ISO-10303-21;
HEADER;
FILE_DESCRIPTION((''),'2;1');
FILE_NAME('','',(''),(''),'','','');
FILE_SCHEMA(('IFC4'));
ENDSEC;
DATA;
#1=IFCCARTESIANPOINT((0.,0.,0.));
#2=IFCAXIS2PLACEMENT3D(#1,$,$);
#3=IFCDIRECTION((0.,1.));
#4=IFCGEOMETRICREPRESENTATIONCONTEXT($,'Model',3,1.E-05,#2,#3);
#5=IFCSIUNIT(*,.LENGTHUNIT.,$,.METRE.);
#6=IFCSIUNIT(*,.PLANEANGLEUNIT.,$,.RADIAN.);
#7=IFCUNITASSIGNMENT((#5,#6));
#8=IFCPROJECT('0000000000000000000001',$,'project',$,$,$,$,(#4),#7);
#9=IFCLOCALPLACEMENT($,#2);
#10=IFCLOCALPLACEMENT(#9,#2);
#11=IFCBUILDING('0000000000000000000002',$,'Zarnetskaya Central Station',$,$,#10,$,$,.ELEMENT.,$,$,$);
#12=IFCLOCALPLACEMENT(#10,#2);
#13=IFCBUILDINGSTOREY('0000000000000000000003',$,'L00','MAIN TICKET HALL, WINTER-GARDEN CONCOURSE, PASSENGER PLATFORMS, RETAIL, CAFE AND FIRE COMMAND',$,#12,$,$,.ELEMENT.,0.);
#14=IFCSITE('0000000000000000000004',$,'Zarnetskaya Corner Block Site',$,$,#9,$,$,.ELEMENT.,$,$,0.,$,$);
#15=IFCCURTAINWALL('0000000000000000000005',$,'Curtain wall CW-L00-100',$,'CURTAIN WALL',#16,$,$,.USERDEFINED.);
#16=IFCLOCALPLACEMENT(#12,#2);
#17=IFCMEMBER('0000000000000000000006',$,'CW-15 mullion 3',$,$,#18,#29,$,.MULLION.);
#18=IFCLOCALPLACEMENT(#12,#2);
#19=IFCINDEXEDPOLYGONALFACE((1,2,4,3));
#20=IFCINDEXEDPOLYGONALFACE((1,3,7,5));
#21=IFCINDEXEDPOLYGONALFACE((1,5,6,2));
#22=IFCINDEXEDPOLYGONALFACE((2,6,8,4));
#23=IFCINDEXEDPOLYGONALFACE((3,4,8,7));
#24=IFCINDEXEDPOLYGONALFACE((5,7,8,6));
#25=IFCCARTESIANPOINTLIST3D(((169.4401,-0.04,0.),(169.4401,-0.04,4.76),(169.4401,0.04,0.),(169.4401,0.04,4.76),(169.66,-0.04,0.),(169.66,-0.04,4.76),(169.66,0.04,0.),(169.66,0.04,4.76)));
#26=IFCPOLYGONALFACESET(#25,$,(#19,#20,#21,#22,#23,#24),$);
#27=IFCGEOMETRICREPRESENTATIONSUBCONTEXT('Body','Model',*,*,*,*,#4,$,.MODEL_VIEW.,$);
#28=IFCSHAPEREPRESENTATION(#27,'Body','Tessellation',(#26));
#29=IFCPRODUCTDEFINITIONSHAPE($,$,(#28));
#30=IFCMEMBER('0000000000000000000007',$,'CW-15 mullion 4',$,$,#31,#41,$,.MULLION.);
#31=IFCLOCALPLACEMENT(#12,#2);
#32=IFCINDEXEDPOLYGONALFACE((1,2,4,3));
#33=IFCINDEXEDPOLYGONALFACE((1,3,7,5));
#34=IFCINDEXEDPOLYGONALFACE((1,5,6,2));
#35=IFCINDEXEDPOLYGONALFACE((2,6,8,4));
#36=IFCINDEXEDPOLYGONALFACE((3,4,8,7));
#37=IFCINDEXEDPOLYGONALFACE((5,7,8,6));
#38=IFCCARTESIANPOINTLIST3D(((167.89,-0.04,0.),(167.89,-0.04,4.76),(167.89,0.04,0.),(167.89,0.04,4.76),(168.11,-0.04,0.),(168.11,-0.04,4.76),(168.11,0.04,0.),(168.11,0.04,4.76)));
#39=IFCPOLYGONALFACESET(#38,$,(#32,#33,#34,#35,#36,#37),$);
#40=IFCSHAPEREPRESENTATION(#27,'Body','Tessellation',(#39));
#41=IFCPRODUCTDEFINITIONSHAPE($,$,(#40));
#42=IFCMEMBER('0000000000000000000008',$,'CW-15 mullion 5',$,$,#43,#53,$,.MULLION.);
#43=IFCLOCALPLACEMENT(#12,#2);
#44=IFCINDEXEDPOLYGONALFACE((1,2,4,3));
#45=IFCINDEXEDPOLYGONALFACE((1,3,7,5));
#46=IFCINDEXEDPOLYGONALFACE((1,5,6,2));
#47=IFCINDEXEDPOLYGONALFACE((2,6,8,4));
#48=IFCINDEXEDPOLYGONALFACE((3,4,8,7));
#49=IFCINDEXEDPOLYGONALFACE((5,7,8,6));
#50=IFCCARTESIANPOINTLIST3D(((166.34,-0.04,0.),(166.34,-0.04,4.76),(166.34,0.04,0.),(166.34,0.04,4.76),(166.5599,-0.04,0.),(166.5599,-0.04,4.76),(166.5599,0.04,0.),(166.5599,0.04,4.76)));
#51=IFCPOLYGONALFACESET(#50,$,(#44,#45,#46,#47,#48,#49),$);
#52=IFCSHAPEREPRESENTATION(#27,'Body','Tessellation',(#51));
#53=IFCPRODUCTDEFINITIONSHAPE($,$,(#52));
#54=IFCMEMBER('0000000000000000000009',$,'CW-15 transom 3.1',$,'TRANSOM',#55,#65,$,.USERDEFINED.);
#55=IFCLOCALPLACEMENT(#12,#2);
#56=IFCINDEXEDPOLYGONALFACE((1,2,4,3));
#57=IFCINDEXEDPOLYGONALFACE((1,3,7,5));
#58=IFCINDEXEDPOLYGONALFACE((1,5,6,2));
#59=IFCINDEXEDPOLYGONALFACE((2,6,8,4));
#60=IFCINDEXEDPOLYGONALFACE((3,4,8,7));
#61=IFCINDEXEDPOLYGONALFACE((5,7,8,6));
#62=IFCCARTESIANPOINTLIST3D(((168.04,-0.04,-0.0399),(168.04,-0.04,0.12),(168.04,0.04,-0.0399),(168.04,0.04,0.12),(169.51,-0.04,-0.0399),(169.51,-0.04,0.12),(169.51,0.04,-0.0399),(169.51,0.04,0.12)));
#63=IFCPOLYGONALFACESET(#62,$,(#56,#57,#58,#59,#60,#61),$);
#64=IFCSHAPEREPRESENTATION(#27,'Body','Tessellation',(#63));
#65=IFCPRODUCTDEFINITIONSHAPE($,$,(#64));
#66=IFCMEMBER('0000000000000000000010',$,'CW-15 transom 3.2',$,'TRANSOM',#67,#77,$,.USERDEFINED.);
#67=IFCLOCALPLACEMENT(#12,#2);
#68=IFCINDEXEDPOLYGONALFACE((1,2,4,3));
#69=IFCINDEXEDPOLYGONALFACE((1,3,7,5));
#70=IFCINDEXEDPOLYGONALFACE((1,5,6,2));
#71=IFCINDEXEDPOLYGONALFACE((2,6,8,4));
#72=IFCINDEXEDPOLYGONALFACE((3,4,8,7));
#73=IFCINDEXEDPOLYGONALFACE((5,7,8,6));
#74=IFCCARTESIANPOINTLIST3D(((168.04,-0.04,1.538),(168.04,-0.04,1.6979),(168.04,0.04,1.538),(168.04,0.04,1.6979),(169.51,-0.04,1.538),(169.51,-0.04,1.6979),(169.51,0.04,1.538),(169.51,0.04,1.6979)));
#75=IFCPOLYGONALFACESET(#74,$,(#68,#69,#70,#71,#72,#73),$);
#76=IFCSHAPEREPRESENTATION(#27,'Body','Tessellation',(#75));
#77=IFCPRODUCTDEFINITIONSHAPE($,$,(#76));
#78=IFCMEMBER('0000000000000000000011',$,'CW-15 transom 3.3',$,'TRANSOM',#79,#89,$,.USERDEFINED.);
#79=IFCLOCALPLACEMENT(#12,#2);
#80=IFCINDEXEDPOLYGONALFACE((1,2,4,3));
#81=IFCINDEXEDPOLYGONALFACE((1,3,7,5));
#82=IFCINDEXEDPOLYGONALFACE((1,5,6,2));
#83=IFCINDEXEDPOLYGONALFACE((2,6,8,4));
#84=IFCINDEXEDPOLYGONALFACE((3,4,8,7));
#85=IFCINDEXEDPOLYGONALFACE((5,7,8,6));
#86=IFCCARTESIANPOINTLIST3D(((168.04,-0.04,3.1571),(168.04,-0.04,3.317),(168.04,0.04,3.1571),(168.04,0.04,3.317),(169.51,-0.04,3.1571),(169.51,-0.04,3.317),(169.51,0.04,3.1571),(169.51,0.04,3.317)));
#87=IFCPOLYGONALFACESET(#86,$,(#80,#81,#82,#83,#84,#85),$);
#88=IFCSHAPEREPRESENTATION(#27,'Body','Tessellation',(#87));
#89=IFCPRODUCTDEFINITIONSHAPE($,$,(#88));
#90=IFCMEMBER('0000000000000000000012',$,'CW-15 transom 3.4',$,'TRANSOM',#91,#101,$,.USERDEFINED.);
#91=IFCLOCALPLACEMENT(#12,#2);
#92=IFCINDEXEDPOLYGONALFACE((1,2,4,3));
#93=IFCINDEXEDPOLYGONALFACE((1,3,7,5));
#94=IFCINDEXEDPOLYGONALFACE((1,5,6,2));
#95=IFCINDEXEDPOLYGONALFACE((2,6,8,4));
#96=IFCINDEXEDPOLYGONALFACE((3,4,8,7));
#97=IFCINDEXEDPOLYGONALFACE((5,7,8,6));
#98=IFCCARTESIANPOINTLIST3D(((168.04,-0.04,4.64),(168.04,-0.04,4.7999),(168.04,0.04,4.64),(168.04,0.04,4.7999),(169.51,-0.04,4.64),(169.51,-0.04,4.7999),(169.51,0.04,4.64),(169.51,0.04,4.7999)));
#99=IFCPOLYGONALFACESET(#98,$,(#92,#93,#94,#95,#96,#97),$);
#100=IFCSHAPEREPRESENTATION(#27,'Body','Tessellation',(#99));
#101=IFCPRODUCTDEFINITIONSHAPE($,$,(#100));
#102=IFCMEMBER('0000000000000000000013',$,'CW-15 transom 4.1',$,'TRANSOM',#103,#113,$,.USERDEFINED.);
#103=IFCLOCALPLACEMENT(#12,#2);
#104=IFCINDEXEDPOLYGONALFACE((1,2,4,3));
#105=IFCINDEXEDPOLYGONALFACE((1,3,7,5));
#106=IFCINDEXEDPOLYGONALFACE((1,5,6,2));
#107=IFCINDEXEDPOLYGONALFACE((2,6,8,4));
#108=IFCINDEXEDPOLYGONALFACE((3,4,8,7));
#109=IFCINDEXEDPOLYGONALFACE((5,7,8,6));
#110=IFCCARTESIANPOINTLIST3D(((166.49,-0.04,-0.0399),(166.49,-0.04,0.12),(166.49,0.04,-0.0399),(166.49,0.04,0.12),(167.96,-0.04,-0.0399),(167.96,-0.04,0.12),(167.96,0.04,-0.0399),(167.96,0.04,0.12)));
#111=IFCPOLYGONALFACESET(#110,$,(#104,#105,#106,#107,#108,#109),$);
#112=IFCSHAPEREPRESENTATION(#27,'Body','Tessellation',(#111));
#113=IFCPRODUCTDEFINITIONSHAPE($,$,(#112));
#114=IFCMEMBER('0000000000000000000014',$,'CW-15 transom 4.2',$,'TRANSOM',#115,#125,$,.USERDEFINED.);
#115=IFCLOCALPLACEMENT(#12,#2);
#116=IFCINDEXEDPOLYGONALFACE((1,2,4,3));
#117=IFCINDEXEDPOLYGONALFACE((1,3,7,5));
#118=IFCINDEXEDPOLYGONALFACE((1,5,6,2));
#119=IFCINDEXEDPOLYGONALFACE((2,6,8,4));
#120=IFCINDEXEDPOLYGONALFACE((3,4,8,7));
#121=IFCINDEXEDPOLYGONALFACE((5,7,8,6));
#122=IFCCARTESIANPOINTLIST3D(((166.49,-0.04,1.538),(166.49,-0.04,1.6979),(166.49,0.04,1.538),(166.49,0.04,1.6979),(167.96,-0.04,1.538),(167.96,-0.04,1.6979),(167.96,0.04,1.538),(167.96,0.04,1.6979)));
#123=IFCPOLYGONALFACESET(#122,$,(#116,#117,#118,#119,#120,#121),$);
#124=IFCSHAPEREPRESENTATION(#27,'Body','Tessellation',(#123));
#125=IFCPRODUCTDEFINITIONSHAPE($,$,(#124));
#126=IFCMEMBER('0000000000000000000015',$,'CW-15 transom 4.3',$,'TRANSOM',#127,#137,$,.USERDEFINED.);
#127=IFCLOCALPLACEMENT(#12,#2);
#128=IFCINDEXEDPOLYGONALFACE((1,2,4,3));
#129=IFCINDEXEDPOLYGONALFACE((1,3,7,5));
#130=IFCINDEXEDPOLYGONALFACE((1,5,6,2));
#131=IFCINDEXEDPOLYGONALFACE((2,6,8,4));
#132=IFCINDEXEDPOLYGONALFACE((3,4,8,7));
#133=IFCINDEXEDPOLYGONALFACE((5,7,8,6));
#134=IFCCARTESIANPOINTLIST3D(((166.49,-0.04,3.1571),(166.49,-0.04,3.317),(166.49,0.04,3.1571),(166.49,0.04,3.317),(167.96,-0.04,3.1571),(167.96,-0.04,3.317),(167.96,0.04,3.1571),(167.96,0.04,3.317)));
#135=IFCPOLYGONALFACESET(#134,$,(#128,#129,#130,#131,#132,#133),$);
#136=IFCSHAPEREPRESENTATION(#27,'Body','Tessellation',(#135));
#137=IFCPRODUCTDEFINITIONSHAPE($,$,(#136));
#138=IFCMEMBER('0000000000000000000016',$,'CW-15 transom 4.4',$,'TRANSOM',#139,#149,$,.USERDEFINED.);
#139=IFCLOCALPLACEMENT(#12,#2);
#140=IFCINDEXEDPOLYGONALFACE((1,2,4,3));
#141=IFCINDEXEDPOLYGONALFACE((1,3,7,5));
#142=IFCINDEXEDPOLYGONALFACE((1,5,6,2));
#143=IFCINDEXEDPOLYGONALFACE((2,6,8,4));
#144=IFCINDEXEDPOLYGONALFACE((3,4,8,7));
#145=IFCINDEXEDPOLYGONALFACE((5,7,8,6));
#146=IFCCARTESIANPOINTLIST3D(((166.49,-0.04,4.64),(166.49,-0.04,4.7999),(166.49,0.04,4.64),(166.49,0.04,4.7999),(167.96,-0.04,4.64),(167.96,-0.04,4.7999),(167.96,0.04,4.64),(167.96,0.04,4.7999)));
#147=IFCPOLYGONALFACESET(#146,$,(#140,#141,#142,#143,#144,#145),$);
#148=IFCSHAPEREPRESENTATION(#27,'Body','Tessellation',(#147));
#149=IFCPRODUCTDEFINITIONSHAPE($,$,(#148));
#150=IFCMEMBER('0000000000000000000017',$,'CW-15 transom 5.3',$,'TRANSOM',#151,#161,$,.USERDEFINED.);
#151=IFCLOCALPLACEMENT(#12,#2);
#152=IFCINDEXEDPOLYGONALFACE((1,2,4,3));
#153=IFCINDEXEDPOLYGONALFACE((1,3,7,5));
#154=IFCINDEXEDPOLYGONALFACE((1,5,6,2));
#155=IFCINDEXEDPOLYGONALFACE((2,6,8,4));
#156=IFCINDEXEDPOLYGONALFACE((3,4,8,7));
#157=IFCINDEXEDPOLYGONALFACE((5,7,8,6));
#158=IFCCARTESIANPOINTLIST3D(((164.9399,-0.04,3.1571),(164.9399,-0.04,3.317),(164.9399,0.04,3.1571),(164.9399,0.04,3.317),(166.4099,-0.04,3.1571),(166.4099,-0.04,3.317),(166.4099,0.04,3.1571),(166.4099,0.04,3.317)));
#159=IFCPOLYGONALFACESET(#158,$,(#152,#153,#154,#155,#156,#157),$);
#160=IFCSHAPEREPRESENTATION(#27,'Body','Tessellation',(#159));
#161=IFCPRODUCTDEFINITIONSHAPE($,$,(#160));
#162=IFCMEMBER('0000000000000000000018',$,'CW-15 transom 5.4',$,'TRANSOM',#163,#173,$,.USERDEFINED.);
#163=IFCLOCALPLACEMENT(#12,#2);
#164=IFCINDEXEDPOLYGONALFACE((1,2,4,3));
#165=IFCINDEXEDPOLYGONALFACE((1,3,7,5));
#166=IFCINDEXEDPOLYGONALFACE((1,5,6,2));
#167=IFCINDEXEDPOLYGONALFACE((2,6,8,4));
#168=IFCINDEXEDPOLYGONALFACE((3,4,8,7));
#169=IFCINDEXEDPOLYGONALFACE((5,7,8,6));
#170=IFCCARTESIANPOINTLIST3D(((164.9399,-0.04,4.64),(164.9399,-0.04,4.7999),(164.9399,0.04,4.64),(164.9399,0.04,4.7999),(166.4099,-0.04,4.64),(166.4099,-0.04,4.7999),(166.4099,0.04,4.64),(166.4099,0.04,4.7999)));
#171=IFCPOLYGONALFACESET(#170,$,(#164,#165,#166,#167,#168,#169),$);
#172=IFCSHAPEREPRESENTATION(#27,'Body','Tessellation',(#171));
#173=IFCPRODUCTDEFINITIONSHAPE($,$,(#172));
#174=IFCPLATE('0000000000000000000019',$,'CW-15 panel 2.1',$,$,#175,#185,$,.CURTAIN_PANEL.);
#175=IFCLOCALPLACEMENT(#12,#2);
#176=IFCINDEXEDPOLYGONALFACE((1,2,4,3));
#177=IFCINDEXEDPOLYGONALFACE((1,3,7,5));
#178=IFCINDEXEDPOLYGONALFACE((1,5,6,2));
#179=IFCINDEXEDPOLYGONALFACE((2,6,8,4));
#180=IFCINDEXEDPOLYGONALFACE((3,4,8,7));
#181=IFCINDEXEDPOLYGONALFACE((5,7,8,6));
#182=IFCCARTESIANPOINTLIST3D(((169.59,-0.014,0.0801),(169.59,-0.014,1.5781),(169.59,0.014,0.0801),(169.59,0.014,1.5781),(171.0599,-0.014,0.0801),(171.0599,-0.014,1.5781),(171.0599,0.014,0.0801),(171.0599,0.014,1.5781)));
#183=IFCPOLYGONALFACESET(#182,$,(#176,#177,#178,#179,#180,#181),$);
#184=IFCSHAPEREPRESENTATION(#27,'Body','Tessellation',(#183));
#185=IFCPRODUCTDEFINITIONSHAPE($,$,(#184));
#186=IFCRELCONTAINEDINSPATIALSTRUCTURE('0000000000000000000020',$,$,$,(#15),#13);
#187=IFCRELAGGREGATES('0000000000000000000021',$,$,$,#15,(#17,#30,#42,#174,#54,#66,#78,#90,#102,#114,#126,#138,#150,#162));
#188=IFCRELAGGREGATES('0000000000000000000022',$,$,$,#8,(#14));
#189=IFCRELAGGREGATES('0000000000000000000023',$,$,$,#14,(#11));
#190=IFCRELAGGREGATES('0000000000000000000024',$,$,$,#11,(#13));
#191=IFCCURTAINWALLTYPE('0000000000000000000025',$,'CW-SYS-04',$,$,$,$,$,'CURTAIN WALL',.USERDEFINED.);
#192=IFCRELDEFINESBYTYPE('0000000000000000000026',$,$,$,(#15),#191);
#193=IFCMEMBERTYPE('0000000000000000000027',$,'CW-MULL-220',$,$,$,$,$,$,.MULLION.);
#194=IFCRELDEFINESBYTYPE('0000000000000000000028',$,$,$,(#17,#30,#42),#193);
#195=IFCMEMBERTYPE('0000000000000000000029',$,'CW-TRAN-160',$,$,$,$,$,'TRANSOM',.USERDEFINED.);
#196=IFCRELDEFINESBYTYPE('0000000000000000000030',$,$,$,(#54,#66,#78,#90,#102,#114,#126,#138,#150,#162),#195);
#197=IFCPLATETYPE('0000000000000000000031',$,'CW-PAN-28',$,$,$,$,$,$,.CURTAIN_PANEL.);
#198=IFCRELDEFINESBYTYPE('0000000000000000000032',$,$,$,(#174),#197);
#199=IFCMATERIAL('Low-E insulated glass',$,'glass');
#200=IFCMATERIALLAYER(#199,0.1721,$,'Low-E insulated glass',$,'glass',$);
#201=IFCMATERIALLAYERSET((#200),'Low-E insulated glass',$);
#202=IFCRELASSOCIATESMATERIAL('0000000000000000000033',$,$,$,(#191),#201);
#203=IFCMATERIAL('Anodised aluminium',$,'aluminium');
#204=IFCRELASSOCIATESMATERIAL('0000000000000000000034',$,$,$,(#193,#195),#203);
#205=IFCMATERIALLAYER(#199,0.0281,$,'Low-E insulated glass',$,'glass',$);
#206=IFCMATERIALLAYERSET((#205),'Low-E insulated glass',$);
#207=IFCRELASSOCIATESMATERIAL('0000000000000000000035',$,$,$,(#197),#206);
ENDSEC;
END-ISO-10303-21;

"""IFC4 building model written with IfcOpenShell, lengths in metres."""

from ifc_helpers import new_model, si_unit, direction, frame, origin, origin_2d, place, context, subcontext, project, spatial, rectangle, extrude, material, layer, layer_set, material_profile, profile_set, type_object, element, aggregate, save


model = new_model("IFC4")

# Units and contexts
model_context = context("Model", 3, precision=1e-05, world=origin(), true_north=direction((0.0, 1.0)))
body_context = subcontext(model_context, "Body", "Model", "MODEL_VIEW")
ifc_project = project(units=[si_unit("LENGTHUNIT", "METRE"), si_unit("PLANEANGLEUNIT", "RADIAN")], contexts=[model_context])

# Site, building, storey
site_placement = place(None, origin())
site = spatial("IfcSite", under=ifc_project, at=site_placement, Name="Zarnetskaya Corner Block Site", CompositionType="ELEMENT", RefElevation=0.0)
building_placement = place(site_placement, origin())
building = spatial("IfcBuilding", under=site, at=building_placement, Name="Zarnetskaya Central Station", CompositionType="ELEMENT")
storey_placement = place(building_placement, origin())
storey = spatial("IfcBuildingStorey", under=building, at=storey_placement, Name="L00", Description="MAIN TICKET HALL, WINTER-GARDEN CONCOURSE, PASSENGER PLATFORMS, RETAIL, CAFE AND FIRE COMMAND", CompositionType="ELEMENT", Elevation=0.0)

# Curtain wall, members, plate
ifc_material_1 = material(Name="Low-E insulated glass", Category="glass")
ifc_layer_1 = layer(ifc_material_1, 0.1721, Name="Low-E insulated glass", Category="glass")
ifc_layer_set_1 = layer_set([ifc_layer_1], Name="Low-E insulated glass")
curtain_wall_type = type_object("IfcCurtainWallType", Name="CW-SYS-04", ElementType="CURTAIN WALL", PredefinedType="USERDEFINED", material=ifc_layer_set_1)
curtain_wall_placement = place(storey_placement, origin())
curtain_wall = element("IfcCurtainWall", 1, at=curtain_wall_placement, inside=storey, type_object=curtain_wall_type, Name="Curtain wall CW-L00-100", ObjectType="CURTAIN WALL", PredefinedType="USERDEFINED")
ifc_material_2 = material(Name="Anodised aluminium", Category="aluminium")
ifc_material_profile_1 = material_profile(ifc_material_2, rectangle(XDim=0.0801, YDim=0.22, at=origin_2d()), Name="ALU MULL 80x220")
ifc_profile_set_1 = profile_set([ifc_material_profile_1], Name="Anodised aluminium")
member_type_1 = type_object("IfcMemberType", Name="CW-MULL-220", PredefinedType="MULLION", material=ifc_profile_set_1)
member_1_placement = place(storey_placement, frame((169.55, 0.0, 0.0), z_axis=(0.0, 0.0, 1.0), x_axis=(0.0, -1.0, 0.0)))
member_1 = element("IfcMember", 2, at=member_1_placement, type_object=member_type_1, Name="CW-15 mullion 3", PredefinedType="MULLION", context=body_context, shape_type="SweptSolid", body=[
    extrude(rectangle(XDim=0.0801, YDim=0.22, at=origin_2d()), origin(), (0.0, 0.0, 1.0), 4.76),
])
member_2_placement = place(storey_placement, frame((168.0, 0.0, 0.0), z_axis=(0.0, 0.0, 1.0), x_axis=(0.0, -1.0, 0.0)))
member_2 = element("IfcMember", 3, at=member_2_placement, type_object=member_type_1, Name="CW-15 mullion 4", PredefinedType="MULLION", context=body_context, shape_type="SweptSolid", body=[
    extrude(rectangle(XDim=0.0801, YDim=0.22, at=origin_2d()), origin(), (0.0, 0.0, 1.0), 4.76),
])
member_3_placement = place(storey_placement, frame((166.45, 0.0, 0.0), z_axis=(0.0, 0.0, 1.0), x_axis=(0.0, -1.0, 0.0)))
member_3 = element("IfcMember", 4, at=member_3_placement, type_object=member_type_1, Name="CW-15 mullion 5", PredefinedType="MULLION", context=body_context, shape_type="SweptSolid", body=[
    extrude(rectangle(XDim=0.0801, YDim=0.22, at=origin_2d()), origin(), (0.0, 0.0, 1.0), 4.76),
])
ifc_material_profile_2 = material_profile(ifc_material_2, rectangle(XDim=0.0801, YDim=0.1599, at=origin_2d()), Name="ALU TRAN 80x160")
ifc_profile_set_2 = profile_set([ifc_material_profile_2], Name="Anodised aluminium")
member_type_2 = type_object("IfcMemberType", Name="CW-TRAN-160", ElementType="TRANSOM", PredefinedType="USERDEFINED", material=ifc_profile_set_2)
member_4_placement = place(storey_placement, frame((169.51, 0.0, 0.04), z_axis=(-1.0, 0.0, 0.0), x_axis=(0.0, -1.0, 0.0)))
member_4 = element("IfcMember", 5, at=member_4_placement, type_object=member_type_2, Name="CW-15 transom 3.1", ObjectType="TRANSOM", PredefinedType="USERDEFINED", context=body_context, shape_type="SweptSolid", body=[
    extrude(rectangle(XDim=0.0801, YDim=0.1599, at=origin_2d()), origin(), (0.0, 0.0, 1.0), 1.47),
])
member_5_placement = place(storey_placement, frame((169.51, 0.0, 1.6179), z_axis=(-1.0, 0.0, 0.0), x_axis=(0.0, -1.0, 0.0)))
member_5 = element("IfcMember", 6, at=member_5_placement, type_object=member_type_2, Name="CW-15 transom 3.2", ObjectType="TRANSOM", PredefinedType="USERDEFINED", context=body_context, shape_type="SweptSolid", body=[
    extrude(rectangle(XDim=0.0801, YDim=0.1599, at=origin_2d()), origin(), (0.0, 0.0, 1.0), 1.47),
])
member_6_placement = place(storey_placement, frame((169.51, 0.0, 3.2371), z_axis=(-1.0, 0.0, 0.0), x_axis=(0.0, -1.0, 0.0)))
member_6 = element("IfcMember", 7, at=member_6_placement, type_object=member_type_2, Name="CW-15 transom 3.3", ObjectType="TRANSOM", PredefinedType="USERDEFINED", context=body_context, shape_type="SweptSolid", body=[
    extrude(rectangle(XDim=0.0801, YDim=0.1599, at=origin_2d()), origin(), (0.0, 0.0, 1.0), 1.47),
])
member_7_placement = place(storey_placement, frame((169.51, 0.0, 4.72), z_axis=(-1.0, 0.0, 0.0), x_axis=(0.0, -1.0, 0.0)))
member_7 = element("IfcMember", 8, at=member_7_placement, type_object=member_type_2, Name="CW-15 transom 3.4", ObjectType="TRANSOM", PredefinedType="USERDEFINED", context=body_context, shape_type="SweptSolid", body=[
    extrude(rectangle(XDim=0.0801, YDim=0.1599, at=origin_2d()), origin(), (0.0, 0.0, 1.0), 1.47),
])
member_8_placement = place(storey_placement, frame((167.96, 0.0, 0.04), z_axis=(-1.0, 0.0, 0.0), x_axis=(0.0, -1.0, 0.0)))
member_8 = element("IfcMember", 9, at=member_8_placement, type_object=member_type_2, Name="CW-15 transom 4.1", ObjectType="TRANSOM", PredefinedType="USERDEFINED", context=body_context, shape_type="SweptSolid", body=[
    extrude(rectangle(XDim=0.0801, YDim=0.1599, at=origin_2d()), origin(), (0.0, 0.0, 1.0), 1.47),
])
member_9_placement = place(storey_placement, frame((167.96, 0.0, 1.6179), z_axis=(-1.0, 0.0, 0.0), x_axis=(0.0, -1.0, 0.0)))
member_9 = element("IfcMember", 10, at=member_9_placement, type_object=member_type_2, Name="CW-15 transom 4.2", ObjectType="TRANSOM", PredefinedType="USERDEFINED", context=body_context, shape_type="SweptSolid", body=[
    extrude(rectangle(XDim=0.0801, YDim=0.1599, at=origin_2d()), origin(), (0.0, 0.0, 1.0), 1.47),
])
member_10_placement = place(storey_placement, frame((167.96, 0.0, 3.2371), z_axis=(-1.0, 0.0, 0.0), x_axis=(0.0, -1.0, 0.0)))
member_10 = element("IfcMember", 11, at=member_10_placement, type_object=member_type_2, Name="CW-15 transom 4.3", ObjectType="TRANSOM", PredefinedType="USERDEFINED", context=body_context, shape_type="SweptSolid", body=[
    extrude(rectangle(XDim=0.0801, YDim=0.1599, at=origin_2d()), origin(), (0.0, 0.0, 1.0), 1.47),
])
member_11_placement = place(storey_placement, frame((167.96, 0.0, 4.72), z_axis=(-1.0, 0.0, 0.0), x_axis=(0.0, -1.0, 0.0)))
member_11 = element("IfcMember", 12, at=member_11_placement, type_object=member_type_2, Name="CW-15 transom 4.4", ObjectType="TRANSOM", PredefinedType="USERDEFINED", context=body_context, shape_type="SweptSolid", body=[
    extrude(rectangle(XDim=0.0801, YDim=0.1599, at=origin_2d()), origin(), (0.0, 0.0, 1.0), 1.47),
])
member_12_placement = place(storey_placement, frame((166.4099, 0.0, 3.2371), z_axis=(-1.0, 0.0, 0.0), x_axis=(0.0, -1.0, 0.0)))
member_12 = element("IfcMember", 13, at=member_12_placement, type_object=member_type_2, Name="CW-15 transom 5.3", ObjectType="TRANSOM", PredefinedType="USERDEFINED", context=body_context, shape_type="SweptSolid", body=[
    extrude(rectangle(XDim=0.0801, YDim=0.1599, at=origin_2d()), origin(), (0.0, 0.0, 1.0), 1.47),
])
member_13_placement = place(storey_placement, frame((166.4099, 0.0, 4.72), z_axis=(-1.0, 0.0, 0.0), x_axis=(0.0, -1.0, 0.0)))
member_13 = element("IfcMember", 14, at=member_13_placement, type_object=member_type_2, Name="CW-15 transom 5.4", ObjectType="TRANSOM", PredefinedType="USERDEFINED", context=body_context, shape_type="SweptSolid", body=[
    extrude(rectangle(XDim=0.0801, YDim=0.1599, at=origin_2d()), origin(), (0.0, 0.0, 1.0), 1.47),
])
ifc_layer_2 = layer(ifc_material_1, 0.0281, Name="Low-E insulated glass", Category="glass")
ifc_layer_set_2 = layer_set([ifc_layer_2], Name="Low-E insulated glass")
plate_type = type_object("IfcPlateType", Name="CW-PAN-28", PredefinedType="CURTAIN_PANEL", material=ifc_layer_set_2)
plate_1_placement = place(storey_placement, frame((170.325, 0.0, 0.0801), z_axis=(0.0, 0.0, 1.0), x_axis=(-1.0, 0.0, 0.0)))
plate_1 = element("IfcPlate", 15, at=plate_1_placement, type_object=plate_type, Name="CW-15 panel 2.1", PredefinedType="CURTAIN_PANEL", context=body_context, shape_type="SweptSolid", body=[
    extrude(rectangle(XDim=1.47, YDim=0.0281, at=origin_2d()), origin(), (0.0, 0.0, 1.0), 1.498),
])
aggregate(curtain_wall, [member_1, member_2, member_3, plate_1, member_4, member_5, member_6, member_7, member_8, member_9, member_10, member_11, member_12, member_13])

save(model, "model.ifc")
